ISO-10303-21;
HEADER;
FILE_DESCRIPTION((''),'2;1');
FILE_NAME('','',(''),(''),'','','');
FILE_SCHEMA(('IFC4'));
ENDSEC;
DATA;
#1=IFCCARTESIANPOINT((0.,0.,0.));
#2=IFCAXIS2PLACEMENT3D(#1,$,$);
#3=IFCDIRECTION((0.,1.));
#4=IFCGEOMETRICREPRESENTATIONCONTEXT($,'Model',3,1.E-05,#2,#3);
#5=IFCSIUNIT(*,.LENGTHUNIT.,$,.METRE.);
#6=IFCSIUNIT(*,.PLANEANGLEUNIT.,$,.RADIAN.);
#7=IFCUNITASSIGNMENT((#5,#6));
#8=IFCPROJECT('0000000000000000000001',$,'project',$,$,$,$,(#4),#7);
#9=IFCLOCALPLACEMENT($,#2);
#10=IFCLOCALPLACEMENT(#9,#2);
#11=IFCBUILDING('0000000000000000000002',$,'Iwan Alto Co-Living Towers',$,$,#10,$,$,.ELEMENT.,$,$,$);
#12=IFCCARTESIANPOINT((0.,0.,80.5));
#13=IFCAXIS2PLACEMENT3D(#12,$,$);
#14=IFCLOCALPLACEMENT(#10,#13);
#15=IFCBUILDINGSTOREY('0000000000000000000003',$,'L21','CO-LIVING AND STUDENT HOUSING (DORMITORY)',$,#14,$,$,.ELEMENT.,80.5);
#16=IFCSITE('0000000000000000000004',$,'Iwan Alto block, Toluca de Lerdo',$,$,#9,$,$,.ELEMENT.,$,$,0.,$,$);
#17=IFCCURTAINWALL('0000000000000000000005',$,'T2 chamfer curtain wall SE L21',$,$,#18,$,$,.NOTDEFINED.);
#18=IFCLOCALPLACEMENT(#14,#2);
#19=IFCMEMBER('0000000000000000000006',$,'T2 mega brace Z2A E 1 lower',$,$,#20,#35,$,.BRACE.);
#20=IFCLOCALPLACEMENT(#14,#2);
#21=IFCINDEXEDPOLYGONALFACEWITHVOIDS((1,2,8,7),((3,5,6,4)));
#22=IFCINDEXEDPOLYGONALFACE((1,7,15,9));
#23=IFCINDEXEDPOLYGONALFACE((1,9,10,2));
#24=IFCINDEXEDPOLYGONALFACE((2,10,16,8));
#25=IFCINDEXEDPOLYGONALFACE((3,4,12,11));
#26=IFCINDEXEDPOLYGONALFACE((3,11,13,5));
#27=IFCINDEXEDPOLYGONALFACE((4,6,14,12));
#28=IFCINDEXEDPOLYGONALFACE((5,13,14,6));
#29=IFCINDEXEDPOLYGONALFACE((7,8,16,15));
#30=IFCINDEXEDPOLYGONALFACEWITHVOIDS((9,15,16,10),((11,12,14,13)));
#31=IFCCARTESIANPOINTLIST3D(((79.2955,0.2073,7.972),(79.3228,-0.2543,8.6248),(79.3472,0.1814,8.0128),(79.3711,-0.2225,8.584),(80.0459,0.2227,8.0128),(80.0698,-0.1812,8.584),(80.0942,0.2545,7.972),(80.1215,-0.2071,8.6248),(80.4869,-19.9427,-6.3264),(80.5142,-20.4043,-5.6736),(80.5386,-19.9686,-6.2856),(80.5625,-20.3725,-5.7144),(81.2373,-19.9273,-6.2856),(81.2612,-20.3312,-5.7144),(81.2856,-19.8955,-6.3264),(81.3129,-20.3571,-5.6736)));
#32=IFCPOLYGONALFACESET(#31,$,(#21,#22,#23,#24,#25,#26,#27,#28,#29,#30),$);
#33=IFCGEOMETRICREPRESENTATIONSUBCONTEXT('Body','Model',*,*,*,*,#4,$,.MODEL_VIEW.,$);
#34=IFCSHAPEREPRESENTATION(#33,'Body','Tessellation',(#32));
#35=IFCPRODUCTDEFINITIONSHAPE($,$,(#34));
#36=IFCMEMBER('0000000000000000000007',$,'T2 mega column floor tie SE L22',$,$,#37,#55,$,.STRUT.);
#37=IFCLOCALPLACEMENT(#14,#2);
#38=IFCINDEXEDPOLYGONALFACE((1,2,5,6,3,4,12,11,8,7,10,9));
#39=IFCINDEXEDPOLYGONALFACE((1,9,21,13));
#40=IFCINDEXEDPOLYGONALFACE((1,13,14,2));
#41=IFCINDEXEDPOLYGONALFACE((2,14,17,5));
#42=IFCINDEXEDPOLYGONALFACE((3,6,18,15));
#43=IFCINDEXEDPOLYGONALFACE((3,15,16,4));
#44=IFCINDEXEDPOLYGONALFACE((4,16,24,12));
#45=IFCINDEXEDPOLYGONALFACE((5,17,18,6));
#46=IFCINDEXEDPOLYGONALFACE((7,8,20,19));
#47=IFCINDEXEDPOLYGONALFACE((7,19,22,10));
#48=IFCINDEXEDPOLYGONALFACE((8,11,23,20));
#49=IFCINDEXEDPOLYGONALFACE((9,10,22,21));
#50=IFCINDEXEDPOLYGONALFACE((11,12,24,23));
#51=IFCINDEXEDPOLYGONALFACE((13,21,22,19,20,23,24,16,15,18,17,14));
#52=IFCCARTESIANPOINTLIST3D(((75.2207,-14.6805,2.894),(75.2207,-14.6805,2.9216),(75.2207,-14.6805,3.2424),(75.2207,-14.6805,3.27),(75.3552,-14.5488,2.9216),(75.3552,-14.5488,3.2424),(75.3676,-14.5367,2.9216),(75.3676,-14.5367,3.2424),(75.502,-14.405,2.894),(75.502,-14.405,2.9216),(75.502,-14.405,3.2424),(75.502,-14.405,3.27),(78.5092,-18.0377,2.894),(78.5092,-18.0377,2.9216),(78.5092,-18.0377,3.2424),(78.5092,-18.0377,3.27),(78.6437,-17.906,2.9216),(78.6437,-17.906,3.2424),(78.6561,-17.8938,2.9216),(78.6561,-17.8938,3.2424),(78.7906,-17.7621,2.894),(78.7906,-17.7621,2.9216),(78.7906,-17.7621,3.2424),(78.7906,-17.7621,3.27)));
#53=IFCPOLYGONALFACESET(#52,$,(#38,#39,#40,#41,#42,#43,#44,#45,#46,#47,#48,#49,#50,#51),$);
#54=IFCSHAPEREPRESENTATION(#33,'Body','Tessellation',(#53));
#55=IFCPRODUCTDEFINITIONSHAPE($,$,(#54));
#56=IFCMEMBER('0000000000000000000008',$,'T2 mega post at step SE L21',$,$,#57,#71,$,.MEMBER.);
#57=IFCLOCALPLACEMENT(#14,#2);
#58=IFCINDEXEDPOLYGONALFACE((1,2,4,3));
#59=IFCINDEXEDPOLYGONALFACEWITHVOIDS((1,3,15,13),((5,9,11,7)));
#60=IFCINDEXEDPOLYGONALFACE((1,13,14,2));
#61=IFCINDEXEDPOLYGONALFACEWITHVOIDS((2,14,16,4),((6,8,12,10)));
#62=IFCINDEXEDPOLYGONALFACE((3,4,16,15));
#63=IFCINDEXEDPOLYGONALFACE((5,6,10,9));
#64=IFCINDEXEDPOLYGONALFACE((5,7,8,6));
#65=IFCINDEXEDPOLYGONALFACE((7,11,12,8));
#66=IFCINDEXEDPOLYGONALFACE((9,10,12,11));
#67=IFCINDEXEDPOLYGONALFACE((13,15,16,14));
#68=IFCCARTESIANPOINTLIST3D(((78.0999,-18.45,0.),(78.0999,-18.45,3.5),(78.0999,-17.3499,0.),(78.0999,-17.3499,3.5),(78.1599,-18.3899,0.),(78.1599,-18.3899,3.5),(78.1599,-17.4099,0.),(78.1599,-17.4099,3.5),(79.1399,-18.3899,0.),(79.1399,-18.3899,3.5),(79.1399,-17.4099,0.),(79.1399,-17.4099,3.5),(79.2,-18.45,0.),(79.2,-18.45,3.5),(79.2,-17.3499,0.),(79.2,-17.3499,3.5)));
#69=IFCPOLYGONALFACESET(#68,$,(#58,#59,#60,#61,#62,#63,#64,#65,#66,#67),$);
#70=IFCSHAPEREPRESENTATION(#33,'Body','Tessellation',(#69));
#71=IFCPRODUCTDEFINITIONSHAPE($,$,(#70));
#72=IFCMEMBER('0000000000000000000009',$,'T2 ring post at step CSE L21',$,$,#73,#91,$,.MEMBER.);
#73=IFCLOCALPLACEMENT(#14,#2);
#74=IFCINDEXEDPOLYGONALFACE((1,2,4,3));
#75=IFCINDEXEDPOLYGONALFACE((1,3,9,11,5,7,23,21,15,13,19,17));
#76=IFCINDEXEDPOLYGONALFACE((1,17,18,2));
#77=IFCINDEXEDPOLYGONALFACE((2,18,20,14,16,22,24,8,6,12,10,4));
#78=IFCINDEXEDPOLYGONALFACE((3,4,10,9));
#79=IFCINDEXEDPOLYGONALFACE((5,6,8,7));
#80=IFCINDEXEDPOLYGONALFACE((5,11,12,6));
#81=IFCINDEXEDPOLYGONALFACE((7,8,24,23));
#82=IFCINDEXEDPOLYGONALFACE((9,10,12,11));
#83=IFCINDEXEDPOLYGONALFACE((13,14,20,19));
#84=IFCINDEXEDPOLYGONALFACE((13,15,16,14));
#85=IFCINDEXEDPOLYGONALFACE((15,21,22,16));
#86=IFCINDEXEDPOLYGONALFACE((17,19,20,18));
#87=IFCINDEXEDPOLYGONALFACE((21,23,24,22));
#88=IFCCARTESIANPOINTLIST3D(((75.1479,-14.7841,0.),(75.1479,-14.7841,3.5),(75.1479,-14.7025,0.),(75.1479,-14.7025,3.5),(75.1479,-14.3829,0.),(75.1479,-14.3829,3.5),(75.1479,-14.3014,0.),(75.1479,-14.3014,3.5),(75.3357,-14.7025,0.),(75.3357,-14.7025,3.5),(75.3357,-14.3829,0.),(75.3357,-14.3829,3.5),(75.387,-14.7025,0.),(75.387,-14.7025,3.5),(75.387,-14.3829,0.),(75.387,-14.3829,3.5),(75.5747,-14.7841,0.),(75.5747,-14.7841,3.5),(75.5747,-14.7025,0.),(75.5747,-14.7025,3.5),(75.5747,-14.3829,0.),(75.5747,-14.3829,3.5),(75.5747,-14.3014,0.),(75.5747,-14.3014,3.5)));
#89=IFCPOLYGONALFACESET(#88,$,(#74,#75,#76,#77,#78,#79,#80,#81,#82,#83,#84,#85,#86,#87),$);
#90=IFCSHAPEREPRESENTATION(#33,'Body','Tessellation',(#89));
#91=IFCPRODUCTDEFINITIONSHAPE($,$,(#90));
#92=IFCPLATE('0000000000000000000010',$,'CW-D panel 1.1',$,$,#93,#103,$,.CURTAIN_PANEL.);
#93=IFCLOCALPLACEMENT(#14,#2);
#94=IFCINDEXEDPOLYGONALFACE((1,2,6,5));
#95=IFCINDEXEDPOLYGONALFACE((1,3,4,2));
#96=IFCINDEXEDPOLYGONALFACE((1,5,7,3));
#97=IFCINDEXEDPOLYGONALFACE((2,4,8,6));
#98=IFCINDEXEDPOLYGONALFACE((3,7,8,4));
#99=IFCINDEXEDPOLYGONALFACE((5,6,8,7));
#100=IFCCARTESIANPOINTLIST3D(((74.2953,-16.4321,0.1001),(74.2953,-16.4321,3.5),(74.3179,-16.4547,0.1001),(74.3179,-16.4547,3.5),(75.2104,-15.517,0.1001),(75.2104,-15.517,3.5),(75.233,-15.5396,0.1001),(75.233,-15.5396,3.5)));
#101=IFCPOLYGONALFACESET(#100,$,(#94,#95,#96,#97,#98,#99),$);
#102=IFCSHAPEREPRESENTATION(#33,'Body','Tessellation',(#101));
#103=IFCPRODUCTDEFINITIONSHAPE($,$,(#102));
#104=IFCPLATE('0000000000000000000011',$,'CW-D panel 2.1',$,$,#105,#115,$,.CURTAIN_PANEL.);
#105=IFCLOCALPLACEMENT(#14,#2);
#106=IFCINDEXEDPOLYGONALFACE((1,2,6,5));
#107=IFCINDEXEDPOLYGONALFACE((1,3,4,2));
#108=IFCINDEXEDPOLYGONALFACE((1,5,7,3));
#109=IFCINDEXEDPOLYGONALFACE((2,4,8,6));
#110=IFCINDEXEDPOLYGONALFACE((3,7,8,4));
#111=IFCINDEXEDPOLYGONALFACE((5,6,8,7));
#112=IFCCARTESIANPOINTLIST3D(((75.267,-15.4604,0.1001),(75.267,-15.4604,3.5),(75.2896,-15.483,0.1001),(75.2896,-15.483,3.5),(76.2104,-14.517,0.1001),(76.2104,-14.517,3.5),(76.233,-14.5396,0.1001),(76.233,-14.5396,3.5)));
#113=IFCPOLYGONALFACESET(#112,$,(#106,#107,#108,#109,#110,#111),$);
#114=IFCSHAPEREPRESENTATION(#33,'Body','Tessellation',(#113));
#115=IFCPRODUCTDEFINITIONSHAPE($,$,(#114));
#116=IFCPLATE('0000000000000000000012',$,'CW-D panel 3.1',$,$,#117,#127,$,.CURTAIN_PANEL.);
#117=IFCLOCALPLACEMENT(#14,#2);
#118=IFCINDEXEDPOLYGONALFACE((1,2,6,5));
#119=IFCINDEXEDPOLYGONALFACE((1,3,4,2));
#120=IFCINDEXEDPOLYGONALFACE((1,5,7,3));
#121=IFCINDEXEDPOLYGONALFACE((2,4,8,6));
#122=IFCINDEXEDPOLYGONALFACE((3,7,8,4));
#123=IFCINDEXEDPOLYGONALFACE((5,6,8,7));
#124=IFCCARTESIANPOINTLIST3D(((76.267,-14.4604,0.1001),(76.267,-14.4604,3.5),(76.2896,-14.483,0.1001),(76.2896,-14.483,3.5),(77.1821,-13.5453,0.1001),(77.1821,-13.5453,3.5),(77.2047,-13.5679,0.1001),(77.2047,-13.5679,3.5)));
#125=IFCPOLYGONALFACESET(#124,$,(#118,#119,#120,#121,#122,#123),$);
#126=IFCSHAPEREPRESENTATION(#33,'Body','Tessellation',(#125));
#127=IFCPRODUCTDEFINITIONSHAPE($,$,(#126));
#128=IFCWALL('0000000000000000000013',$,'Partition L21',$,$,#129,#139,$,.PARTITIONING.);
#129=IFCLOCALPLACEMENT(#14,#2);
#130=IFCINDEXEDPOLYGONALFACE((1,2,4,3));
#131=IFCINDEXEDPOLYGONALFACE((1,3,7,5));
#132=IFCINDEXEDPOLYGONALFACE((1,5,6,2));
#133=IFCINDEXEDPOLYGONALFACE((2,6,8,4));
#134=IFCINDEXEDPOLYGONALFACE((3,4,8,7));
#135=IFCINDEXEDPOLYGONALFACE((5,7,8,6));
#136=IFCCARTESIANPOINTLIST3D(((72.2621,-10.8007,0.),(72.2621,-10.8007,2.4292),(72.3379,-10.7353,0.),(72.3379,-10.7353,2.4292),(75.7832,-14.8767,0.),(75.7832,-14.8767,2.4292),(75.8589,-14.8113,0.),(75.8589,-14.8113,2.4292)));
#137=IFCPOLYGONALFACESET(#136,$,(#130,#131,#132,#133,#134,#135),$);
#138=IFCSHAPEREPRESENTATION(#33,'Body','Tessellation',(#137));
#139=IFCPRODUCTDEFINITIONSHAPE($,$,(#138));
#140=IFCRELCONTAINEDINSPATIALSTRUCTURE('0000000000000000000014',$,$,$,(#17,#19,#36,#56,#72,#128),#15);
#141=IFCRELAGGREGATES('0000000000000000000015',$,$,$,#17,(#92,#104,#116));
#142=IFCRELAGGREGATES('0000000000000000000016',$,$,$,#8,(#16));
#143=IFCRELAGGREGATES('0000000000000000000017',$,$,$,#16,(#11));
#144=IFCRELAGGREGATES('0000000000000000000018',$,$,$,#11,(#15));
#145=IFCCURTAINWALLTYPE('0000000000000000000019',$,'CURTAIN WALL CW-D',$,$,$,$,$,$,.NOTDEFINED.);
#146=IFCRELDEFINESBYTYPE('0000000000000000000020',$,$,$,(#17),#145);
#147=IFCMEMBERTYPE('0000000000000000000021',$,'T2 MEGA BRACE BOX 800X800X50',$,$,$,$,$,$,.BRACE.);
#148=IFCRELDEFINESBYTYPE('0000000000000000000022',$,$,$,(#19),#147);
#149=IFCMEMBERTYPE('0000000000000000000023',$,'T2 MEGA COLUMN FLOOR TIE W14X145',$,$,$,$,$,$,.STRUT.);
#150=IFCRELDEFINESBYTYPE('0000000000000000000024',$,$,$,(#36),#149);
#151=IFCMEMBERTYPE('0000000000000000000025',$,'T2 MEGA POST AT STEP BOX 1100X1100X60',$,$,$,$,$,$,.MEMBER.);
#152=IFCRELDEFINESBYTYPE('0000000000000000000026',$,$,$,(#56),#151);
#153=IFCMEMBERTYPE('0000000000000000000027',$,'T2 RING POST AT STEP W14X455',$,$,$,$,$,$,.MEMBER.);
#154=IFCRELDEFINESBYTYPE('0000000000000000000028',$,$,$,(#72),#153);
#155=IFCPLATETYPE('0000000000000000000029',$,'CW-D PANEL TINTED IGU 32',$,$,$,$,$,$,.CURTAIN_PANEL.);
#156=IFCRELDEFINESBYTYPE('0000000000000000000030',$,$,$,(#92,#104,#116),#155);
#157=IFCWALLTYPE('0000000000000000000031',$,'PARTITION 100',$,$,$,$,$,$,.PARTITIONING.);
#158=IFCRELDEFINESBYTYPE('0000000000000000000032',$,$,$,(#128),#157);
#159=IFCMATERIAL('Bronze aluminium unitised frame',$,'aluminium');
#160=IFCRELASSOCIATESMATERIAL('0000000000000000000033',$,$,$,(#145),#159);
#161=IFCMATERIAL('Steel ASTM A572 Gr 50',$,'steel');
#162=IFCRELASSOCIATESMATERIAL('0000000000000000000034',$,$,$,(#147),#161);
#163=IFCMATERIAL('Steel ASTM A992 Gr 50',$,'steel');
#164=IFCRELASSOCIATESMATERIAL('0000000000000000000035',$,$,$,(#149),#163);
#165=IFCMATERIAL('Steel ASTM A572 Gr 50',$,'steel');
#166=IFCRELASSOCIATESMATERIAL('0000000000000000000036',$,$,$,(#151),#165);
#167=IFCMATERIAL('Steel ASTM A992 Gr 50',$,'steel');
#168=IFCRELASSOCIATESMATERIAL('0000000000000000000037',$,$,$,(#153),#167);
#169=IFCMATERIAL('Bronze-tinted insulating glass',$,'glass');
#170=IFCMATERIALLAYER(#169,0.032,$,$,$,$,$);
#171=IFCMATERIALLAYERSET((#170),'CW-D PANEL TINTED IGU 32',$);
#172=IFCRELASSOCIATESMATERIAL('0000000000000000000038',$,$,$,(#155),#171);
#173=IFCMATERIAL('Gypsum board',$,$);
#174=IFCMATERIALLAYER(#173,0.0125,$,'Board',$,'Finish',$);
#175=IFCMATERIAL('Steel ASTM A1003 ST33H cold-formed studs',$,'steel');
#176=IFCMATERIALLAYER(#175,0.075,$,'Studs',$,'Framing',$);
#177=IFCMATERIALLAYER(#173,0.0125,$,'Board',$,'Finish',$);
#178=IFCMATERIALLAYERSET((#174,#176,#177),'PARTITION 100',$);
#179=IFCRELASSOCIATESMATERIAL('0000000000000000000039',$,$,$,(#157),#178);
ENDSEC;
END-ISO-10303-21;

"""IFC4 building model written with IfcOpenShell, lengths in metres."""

from ifc_helpers import new_model, si_unit, direction, frame, frame_2d, origin, origin_2d, place, context, subcontext, project, spatial, rectangle, hollow_rectangle, i_section, extrude, material, layer, layer_set, material_profile, profile_set, type_object, element, aggregate, save


model = new_model("IFC4")

# Units and contexts
model_context = context("Model", 3, precision=1e-05, world=origin(), true_north=direction((0.0, 1.0)))
body_context = subcontext(model_context, "Body", "Model", "MODEL_VIEW")
ifc_project = project(units=[si_unit("LENGTHUNIT", "METRE"), si_unit("PLANEANGLEUNIT", "RADIAN")], contexts=[model_context])

# Site, building, storey
site_placement = place(None, origin())
site = spatial("IfcSite", under=ifc_project, at=site_placement, Name="Iwan Alto block, Toluca de Lerdo", CompositionType="ELEMENT", RefElevation=0.0)
building_placement = place(site_placement, origin())
building = spatial("IfcBuilding", under=site, at=building_placement, Name="Iwan Alto Co-Living Towers", CompositionType="ELEMENT")
storey_placement = place(building_placement, frame((0.0, 0.0, 80.5)))
storey = spatial("IfcBuildingStorey", under=building, at=storey_placement, Name="L21", Description="CO-LIVING AND STUDENT HOUSING (DORMITORY)", CompositionType="ELEMENT", Elevation=80.5)

# Curtain wall
ifc_material_1 = material(Name="Bronze aluminium unitised frame", Category="aluminium")
curtain_wall_type_1 = type_object("IfcCurtainWallType", Name="CURTAIN WALL CW-D", PredefinedType="NOTDEFINED", material=ifc_material_1)
curtain_wall_1_placement = place(storey_placement, origin())
curtain_wall_1 = element("IfcCurtainWall", 1, at=curtain_wall_1_placement, inside=storey, type_object=curtain_wall_type_1, Name="T2 chamfer curtain wall SE L21", PredefinedType="NOTDEFINED")

# Members
ifc_material_2 = material(Name="Steel ASTM A572 Gr 50", Category="steel")
ifc_material_profile_1 = material_profile(ifc_material_2, hollow_rectangle(XDim=0.8, YDim=0.8, WallThickness=0.05, at=origin_2d()), Name="BOX 800X800X50")
ifc_profile_set_1 = profile_set([ifc_material_profile_1], Name="Steel ASTM A572 Gr 50")
member_type_1 = type_object("IfcMemberType", Name="T2 MEGA BRACE BOX 800X800X50", PredefinedType="BRACE", material=ifc_profile_set_1)
member_1_placement = place(storey_placement, frame((80.8999, -20.1499, -6.0), z_axis=(-0.048164, 0.814591, 0.578033), x_axis=(-0.998257, -0.059024, 0.0)))
element("IfcMember", 2, at=member_1_placement, inside=storey, type_object=member_type_1, Name="T2 mega brace Z2A E 1 lower", PredefinedType="BRACE", context=body_context, shape_type="SweptSolid", body=[
    extrude(hollow_rectangle(XDim=0.8, YDim=0.8, WallThickness=0.05, at=origin_2d()), origin(), (0.0, 0.0, 1.0), 24.7363),
])
ifc_material_3 = material(Name="Steel ASTM A992 Gr 50", Category="steel")
ifc_material_profile_2 = material_profile(ifc_material_3, i_section(OverallWidth=0.3938, OverallDepth=0.376, WebThickness=0.0173, FlangeThickness=0.0276, at=origin_2d()), Name="W14X145")
ifc_profile_set_2 = profile_set([ifc_material_profile_2], Name="Steel ASTM A992 Gr 50")
member_type_2 = type_object("IfcMemberType", Name="T2 MEGA COLUMN FLOOR TIE W14X145", PredefinedType="STRUT", material=ifc_profile_set_2)
member_2_placement = place(storey_placement, frame((78.6499, -17.8999, 3.082), z_axis=(-0.69977, 0.714368, 0.0), x_axis=(-0.714368, -0.69977, 0.0)))
element("IfcMember", 3, at=member_2_placement, inside=storey, type_object=member_type_2, Name="T2 mega column floor tie SE L22", PredefinedType="STRUT", context=body_context, shape_type="SweptSolid", body=[
    extrude(i_section(OverallWidth=0.3938, OverallDepth=0.376, WebThickness=0.0173, FlangeThickness=0.0276, at=origin_2d()), origin(), (0.0, 0.0, 1.0), 4.6995),
])
ifc_material_4 = material(Name="Steel ASTM A572 Gr 50", Category="steel")
ifc_material_profile_3 = material_profile(ifc_material_4, hollow_rectangle(XDim=1.1001, YDim=1.1001, WallThickness=0.0601, at=origin_2d()), Name="BOX 1100X1100X60")
ifc_profile_set_3 = profile_set([ifc_material_profile_3], Name="Steel ASTM A572 Gr 50")
member_type_3 = type_object("IfcMemberType", Name="T2 MEGA POST AT STEP BOX 1100X1100X60", PredefinedType="MEMBER", material=ifc_profile_set_3)
member_3_placement = place(storey_placement, frame((78.6499, -17.8999, 0.0), z_axis=(0.0, 0.0, 1.0), x_axis=(1.0, 0.0, 0.0)))
element("IfcMember", 4, at=member_3_placement, inside=storey, type_object=member_type_3, Name="T2 mega post at step SE L21", PredefinedType="MEMBER", context=body_context, shape_type="SweptSolid", body=[
    extrude(hollow_rectangle(XDim=1.1001, YDim=1.1001, WallThickness=0.0601, at=origin_2d()), origin(), (0.0, 0.0, 1.0), 3.5),
])
ifc_material_5 = material(Name="Steel ASTM A992 Gr 50", Category="steel")
ifc_material_profile_4 = material_profile(ifc_material_5, i_section(OverallWidth=0.4268, OverallDepth=0.4827, WebThickness=0.0513, FlangeThickness=0.0815, at=origin_2d()), Name="W14X455")
ifc_profile_set_4 = profile_set([ifc_material_profile_4], Name="Steel ASTM A992 Gr 50")
member_type_4 = type_object("IfcMemberType", Name="T2 RING POST AT STEP W14X455", PredefinedType="MEMBER", material=ifc_profile_set_4)
member_4_placement = place(storey_placement, frame((75.3613, -14.5427, 0.0), z_axis=(0.0, 0.0, 1.0), x_axis=(1.0, 0.0, 0.0)))
element("IfcMember", 5, at=member_4_placement, inside=storey, type_object=member_type_4, Name="T2 ring post at step CSE L21", PredefinedType="MEMBER", context=body_context, shape_type="SweptSolid", body=[
    extrude(i_section(OverallWidth=0.4268, OverallDepth=0.4827, WebThickness=0.0513, FlangeThickness=0.0815, at=origin_2d()), origin(), (0.0, 0.0, 1.0), 3.5),
])

# Plates
ifc_material_6 = material(Name="Bronze-tinted insulating glass", Category="glass")
ifc_layer_1 = layer(ifc_material_6, 0.032)
ifc_layer_set_1 = layer_set([ifc_layer_1], Name="CW-D PANEL TINTED IGU 32")
plate_type = type_object("IfcPlateType", Name="CW-D PANEL TINTED IGU 32", PredefinedType="CURTAIN_PANEL", material=ifc_layer_set_1)
plate_1_placement = place(storey_placement, frame((74.7642, -15.9858, 0.1001), z_axis=(0.0, 0.0, 1.0), x_axis=(0.707107, 0.707107, 0.0)))
plate_1 = element("IfcPlate", 6, at=plate_1_placement, type_object=plate_type, Name="CW-D panel 1.1", PredefinedType="CURTAIN_PANEL", context=body_context, shape_type="SweptSolid", body=[
    extrude(rectangle(XDim=1.2942, YDim=0.032, at=origin_2d()), origin(), (0.0, 0.0, 1.0), 3.3999),
])
plate_2_placement = place(storey_placement, frame((75.75, -15.0, 0.1001), z_axis=(0.0, 0.0, 1.0), x_axis=(0.707107, 0.707107, 0.0)))
plate_2 = element("IfcPlate", 7, at=plate_2_placement, type_object=plate_type, Name="CW-D panel 2.1", PredefinedType="CURTAIN_PANEL", context=body_context, shape_type="SweptSolid", body=[
    extrude(rectangle(XDim=1.3342, YDim=0.032, at=origin_2d()), origin(), (0.0, 0.0, 1.0), 3.3999),
])
plate_3_placement = place(storey_placement, frame((76.7358, -14.0142, 0.1001), z_axis=(0.0, 0.0, 1.0), x_axis=(0.707107, 0.707107, 0.0)))
plate_3 = element("IfcPlate", 8, at=plate_3_placement, type_object=plate_type, Name="CW-D panel 3.1", PredefinedType="CURTAIN_PANEL", context=body_context, shape_type="SweptSolid", body=[
    extrude(rectangle(XDim=1.2942, YDim=0.032, at=origin_2d()), origin(), (0.0, 0.0, 1.0), 3.3999),
])
aggregate(curtain_wall_1, [plate_1, plate_2, plate_3])

# Wall
ifc_material_7 = material(Name="Gypsum board")
ifc_layer_2 = layer(ifc_material_7, 0.0125, Name="Board", Category="Finish")
ifc_material_8 = material(Name="Steel ASTM A1003 ST33H cold-formed studs", Category="steel")
ifc_layer_3 = layer(ifc_material_8, 0.075, Name="Studs", Category="Framing")
ifc_layer_4 = layer(ifc_material_7, 0.0125, Name="Board", Category="Finish")
ifc_layer_set_2 = layer_set([ifc_layer_2, ifc_layer_3, ifc_layer_4], Name="PARTITION 100")
wall_type = type_object("IfcWallType", Name="PARTITION 100", PredefinedType="PARTITIONING", material=ifc_layer_set_2)
wall_placement = place(storey_placement, frame((75.821, -14.844, 0.0), z_axis=(0.0, 0.0, 1.0), x_axis=(-0.653713, 0.756742, 0.0)))
element("IfcWall", 9, at=wall_placement, inside=storey, type_object=wall_type, Name="Partition L21", PredefinedType="PARTITIONING", context=body_context, shape_type="SweptSolid", body=[
    extrude(rectangle(XDim=5.3862, YDim=0.1001, at=frame_2d((2.6931, 0.0))), origin(), (0.0, 0.0, 1.0), 2.4292),
])

save(model, "model.ifc")
